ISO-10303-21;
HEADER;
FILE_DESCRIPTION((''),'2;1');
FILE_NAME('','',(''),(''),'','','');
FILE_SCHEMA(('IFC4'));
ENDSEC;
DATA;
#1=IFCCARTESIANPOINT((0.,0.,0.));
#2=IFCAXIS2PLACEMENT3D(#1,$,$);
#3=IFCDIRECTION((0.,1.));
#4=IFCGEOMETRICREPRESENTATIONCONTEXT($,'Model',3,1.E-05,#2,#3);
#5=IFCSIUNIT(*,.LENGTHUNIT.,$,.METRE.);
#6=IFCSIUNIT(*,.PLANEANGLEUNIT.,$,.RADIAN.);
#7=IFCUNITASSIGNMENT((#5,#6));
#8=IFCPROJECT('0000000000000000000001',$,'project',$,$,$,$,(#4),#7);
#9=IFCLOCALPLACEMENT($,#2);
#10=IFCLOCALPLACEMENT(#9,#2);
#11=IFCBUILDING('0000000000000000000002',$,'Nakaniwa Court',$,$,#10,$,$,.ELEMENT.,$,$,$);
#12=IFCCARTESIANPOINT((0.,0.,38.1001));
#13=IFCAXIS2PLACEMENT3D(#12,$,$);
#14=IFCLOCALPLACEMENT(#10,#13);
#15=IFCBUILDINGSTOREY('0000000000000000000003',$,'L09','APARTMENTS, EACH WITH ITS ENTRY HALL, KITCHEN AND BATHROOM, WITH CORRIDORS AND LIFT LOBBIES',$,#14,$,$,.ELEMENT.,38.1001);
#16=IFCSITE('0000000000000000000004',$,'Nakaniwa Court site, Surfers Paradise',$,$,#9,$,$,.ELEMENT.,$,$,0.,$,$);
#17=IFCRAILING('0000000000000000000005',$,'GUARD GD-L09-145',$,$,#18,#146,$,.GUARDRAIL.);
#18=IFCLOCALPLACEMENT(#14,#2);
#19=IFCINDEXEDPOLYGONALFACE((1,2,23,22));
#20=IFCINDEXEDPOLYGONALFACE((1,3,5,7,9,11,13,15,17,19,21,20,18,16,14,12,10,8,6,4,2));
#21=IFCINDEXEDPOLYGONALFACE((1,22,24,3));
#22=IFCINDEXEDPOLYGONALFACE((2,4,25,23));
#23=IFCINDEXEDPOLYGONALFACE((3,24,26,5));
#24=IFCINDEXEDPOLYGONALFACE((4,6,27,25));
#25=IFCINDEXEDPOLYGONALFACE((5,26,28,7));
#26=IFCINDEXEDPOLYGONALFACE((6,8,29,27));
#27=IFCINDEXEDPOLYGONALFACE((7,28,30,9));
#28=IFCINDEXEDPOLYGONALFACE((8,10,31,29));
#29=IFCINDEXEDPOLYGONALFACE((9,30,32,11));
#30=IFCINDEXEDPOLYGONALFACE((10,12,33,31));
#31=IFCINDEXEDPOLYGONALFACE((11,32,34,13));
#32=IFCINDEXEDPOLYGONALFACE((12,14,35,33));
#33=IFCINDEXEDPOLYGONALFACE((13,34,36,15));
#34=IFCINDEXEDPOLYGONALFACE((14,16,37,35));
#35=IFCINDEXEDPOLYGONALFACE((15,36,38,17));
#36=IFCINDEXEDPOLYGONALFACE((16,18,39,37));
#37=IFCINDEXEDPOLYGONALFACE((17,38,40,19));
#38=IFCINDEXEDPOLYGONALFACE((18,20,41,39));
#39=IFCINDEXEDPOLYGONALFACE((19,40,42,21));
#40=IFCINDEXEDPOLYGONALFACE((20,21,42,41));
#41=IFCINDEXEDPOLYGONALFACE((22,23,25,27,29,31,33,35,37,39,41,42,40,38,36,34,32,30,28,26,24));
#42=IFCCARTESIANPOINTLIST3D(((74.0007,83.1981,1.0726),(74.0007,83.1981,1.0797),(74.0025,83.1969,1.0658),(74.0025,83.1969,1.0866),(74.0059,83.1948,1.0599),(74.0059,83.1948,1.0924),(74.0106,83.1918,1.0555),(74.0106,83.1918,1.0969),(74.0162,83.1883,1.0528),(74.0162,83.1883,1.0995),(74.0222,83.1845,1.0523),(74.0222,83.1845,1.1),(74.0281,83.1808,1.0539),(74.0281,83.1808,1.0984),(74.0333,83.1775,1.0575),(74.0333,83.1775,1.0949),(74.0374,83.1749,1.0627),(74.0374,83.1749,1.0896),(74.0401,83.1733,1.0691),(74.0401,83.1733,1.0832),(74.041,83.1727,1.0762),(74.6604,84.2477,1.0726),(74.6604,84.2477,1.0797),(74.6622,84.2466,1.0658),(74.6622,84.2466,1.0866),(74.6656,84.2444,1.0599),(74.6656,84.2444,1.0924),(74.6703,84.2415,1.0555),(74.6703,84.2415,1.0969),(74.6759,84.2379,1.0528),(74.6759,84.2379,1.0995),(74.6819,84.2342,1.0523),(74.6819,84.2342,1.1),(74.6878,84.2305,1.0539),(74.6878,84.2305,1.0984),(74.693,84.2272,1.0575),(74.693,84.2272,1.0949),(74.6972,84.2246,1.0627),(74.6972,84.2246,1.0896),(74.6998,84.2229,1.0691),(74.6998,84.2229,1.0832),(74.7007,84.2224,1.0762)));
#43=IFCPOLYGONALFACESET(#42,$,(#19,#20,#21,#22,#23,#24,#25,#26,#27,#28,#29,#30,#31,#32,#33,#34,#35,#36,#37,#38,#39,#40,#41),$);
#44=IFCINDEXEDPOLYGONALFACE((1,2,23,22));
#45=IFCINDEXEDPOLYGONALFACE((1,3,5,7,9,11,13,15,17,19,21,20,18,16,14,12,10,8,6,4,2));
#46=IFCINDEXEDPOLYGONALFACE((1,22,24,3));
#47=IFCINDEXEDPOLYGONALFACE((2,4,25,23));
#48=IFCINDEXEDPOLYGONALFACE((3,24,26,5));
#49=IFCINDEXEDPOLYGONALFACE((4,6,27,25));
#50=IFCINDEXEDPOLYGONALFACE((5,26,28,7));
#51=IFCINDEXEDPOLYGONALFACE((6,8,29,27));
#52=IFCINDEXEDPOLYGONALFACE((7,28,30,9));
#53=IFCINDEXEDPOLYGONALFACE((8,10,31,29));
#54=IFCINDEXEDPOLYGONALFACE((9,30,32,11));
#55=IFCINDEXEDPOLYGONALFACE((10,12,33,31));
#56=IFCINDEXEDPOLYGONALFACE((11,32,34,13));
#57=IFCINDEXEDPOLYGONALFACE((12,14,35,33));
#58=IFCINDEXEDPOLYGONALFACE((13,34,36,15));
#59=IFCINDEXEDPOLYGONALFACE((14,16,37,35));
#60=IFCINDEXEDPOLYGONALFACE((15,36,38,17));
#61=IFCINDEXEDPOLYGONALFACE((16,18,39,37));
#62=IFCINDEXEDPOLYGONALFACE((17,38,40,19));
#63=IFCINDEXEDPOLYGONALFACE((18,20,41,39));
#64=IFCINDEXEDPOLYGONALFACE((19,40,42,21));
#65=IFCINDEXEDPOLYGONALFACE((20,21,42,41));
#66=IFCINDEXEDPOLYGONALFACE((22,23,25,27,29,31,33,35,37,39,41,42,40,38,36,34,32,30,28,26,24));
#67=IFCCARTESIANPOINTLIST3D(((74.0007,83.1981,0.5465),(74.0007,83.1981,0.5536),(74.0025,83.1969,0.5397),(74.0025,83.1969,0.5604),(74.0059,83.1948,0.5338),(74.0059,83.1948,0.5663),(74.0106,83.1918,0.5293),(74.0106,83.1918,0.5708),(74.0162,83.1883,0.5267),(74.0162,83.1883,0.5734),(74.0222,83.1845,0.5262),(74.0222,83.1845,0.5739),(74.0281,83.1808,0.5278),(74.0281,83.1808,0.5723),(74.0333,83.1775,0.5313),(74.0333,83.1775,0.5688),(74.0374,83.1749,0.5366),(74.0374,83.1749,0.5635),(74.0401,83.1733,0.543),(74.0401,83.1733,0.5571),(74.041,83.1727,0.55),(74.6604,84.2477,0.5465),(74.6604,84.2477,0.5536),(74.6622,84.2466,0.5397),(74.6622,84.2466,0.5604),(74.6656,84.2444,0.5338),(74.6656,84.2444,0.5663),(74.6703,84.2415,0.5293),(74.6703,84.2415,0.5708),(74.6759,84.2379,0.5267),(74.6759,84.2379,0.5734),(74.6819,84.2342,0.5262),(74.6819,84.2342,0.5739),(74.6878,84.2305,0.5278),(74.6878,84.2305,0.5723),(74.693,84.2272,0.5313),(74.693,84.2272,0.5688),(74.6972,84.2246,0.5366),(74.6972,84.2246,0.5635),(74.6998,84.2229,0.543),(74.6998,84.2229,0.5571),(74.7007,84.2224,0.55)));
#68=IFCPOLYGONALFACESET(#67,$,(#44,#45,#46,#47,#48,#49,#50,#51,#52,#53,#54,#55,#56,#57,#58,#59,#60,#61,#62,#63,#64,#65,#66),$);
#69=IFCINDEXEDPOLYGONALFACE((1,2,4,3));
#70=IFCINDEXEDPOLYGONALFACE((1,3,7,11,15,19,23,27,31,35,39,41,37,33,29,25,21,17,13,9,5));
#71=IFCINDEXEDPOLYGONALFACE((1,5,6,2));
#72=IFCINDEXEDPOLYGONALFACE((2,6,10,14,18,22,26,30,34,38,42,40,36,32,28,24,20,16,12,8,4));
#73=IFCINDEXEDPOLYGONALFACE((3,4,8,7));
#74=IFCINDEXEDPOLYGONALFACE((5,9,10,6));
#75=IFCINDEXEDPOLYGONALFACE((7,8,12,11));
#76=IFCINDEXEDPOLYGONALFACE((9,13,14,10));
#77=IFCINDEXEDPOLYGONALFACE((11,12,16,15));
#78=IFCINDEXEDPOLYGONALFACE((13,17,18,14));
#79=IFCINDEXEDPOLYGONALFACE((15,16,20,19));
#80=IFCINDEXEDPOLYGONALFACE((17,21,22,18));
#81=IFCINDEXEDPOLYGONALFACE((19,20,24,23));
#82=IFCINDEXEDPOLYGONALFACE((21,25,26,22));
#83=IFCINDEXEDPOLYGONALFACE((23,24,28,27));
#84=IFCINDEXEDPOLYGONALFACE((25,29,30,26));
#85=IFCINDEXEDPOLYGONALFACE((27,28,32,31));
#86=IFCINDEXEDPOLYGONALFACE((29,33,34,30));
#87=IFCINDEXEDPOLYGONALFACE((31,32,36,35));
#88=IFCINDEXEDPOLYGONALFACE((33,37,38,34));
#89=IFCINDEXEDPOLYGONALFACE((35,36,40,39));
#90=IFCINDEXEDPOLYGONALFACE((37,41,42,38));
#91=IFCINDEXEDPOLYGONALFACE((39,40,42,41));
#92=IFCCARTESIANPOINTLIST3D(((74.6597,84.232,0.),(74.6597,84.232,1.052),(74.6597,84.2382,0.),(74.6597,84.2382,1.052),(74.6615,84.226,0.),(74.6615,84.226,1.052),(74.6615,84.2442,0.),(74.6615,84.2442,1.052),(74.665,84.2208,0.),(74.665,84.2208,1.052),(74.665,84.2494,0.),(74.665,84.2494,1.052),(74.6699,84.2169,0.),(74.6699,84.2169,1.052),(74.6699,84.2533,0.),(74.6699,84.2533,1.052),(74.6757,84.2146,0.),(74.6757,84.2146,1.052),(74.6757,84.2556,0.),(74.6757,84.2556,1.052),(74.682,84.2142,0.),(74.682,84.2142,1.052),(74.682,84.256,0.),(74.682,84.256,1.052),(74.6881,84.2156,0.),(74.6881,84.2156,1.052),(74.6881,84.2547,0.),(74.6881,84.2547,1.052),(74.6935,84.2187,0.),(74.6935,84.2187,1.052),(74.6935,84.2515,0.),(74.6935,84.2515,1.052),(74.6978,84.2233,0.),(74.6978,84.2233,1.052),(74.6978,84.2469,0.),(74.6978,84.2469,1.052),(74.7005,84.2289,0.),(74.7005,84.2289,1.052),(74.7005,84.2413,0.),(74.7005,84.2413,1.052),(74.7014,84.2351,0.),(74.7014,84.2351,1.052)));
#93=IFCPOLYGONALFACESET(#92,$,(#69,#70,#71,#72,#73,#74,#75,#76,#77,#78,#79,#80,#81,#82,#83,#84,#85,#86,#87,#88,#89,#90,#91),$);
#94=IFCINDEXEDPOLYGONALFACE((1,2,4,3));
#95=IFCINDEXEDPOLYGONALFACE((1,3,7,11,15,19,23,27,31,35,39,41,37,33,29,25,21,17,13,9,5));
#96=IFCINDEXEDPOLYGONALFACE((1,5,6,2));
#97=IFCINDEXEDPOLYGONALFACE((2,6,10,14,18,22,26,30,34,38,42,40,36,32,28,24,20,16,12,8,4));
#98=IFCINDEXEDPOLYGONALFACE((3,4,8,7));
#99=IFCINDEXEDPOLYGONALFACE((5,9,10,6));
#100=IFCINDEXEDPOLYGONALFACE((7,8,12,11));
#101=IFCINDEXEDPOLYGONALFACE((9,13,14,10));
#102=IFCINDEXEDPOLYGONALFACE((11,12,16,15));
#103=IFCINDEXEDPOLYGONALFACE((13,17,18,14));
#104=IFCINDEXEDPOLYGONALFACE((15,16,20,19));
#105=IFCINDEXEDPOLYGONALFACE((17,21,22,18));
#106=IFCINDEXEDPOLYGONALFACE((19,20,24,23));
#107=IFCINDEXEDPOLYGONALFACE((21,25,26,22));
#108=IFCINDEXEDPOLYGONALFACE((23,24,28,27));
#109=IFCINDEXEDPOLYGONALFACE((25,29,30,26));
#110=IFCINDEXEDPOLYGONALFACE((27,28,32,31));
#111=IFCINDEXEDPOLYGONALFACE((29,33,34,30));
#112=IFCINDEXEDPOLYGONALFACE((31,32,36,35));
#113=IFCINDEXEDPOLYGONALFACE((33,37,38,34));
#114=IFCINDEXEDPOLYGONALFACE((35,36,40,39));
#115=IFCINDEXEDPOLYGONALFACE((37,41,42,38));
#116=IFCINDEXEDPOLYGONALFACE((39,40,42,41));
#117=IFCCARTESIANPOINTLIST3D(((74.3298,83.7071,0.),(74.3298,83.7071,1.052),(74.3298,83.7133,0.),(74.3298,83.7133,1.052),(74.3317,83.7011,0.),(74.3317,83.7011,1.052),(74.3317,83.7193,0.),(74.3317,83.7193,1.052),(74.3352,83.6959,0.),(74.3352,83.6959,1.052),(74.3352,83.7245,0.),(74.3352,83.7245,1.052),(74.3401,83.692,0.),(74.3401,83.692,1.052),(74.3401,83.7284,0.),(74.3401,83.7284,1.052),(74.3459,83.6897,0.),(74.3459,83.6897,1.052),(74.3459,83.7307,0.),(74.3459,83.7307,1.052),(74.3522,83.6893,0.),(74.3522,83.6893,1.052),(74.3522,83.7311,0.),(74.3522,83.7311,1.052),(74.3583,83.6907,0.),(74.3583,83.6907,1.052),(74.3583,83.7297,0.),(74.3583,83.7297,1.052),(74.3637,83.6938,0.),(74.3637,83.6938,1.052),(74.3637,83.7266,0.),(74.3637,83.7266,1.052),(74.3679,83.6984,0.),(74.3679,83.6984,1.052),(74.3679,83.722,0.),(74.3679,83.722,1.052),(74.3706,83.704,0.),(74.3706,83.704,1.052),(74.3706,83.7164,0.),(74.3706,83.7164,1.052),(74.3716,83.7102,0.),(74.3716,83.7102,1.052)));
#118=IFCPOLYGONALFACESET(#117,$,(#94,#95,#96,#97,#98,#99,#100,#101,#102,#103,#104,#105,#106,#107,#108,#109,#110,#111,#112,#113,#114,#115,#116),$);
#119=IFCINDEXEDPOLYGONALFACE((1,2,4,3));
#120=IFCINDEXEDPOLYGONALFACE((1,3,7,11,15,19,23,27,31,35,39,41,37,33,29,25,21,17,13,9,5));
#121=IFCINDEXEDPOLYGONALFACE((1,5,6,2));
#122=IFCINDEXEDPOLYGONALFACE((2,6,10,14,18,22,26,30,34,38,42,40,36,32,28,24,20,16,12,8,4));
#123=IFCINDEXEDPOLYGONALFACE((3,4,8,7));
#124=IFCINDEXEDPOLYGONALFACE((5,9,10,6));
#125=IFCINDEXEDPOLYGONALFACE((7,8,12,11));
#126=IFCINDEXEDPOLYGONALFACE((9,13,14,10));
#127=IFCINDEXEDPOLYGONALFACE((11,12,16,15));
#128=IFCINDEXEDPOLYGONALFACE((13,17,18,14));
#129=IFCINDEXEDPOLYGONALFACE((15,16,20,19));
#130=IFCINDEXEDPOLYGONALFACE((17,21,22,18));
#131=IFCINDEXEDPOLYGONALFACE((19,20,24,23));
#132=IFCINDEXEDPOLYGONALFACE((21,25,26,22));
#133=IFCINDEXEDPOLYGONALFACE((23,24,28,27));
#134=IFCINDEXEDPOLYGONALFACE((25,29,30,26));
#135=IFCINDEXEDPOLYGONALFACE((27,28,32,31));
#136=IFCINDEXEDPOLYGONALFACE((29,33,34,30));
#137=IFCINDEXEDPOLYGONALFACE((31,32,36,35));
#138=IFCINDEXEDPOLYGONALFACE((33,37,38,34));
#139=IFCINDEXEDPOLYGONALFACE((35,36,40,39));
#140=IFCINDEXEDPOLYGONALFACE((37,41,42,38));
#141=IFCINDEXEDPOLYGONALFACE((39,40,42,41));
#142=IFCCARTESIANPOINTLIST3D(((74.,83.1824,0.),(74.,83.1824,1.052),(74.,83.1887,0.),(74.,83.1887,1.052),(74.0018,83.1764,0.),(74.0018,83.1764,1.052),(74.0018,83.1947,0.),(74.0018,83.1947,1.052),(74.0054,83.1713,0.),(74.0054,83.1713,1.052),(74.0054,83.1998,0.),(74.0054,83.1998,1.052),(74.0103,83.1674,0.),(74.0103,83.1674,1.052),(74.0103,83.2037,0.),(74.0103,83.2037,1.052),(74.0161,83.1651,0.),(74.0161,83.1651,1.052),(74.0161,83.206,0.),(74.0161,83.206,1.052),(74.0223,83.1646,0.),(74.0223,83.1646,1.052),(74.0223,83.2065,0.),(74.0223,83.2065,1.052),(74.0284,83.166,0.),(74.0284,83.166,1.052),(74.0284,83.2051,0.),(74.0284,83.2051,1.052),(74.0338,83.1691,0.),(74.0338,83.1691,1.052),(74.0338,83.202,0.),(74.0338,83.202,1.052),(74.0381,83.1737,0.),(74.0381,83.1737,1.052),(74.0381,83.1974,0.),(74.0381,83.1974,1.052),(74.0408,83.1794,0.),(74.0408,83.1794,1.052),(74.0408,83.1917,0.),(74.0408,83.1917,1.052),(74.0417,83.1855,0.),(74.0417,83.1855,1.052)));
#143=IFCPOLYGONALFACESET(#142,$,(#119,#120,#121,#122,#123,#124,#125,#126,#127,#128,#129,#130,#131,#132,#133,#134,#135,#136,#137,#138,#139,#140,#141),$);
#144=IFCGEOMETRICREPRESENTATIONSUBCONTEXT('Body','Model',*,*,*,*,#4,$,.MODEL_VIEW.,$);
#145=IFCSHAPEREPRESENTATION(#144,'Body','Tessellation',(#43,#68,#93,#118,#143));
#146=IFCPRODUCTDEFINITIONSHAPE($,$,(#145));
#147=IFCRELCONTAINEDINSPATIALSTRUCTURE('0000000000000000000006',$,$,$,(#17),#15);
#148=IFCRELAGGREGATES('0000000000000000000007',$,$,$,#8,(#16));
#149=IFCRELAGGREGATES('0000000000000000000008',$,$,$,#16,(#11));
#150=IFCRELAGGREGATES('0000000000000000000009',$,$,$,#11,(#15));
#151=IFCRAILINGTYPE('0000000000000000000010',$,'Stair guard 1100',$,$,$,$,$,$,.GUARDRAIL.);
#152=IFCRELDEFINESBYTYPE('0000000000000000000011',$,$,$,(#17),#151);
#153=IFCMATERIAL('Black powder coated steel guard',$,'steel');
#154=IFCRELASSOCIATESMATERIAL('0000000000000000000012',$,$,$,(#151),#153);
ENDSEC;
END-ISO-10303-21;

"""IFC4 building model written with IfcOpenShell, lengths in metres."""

from ifc_helpers import new_model, si_unit, direction, frame, origin, origin_2d, place, context, subcontext, project, spatial, circle, extrude, material, type_object, element, save


model = new_model("IFC4")

# Units and contexts
model_context = context("Model", 3, precision=1e-05, world=origin(), true_north=direction((0.0, 1.0)))
body_context = subcontext(model_context, "Body", "Model", "MODEL_VIEW")
ifc_project = project(units=[si_unit("LENGTHUNIT", "METRE"), si_unit("PLANEANGLEUNIT", "RADIAN")], contexts=[model_context])

# Site, building, storey
site_placement = place(None, origin())
site = spatial("IfcSite", under=ifc_project, at=site_placement, Name="Nakaniwa Court site, Surfers Paradise", CompositionType="ELEMENT", RefElevation=0.0)
building_placement = place(site_placement, origin())
building = spatial("IfcBuilding", under=site, at=building_placement, Name="Nakaniwa Court", CompositionType="ELEMENT")
storey_placement = place(building_placement, frame((0.0, 0.0, 38.1001)))
storey = spatial("IfcBuildingStorey", under=building, at=storey_placement, Name="L09", Description="APARTMENTS, EACH WITH ITS ENTRY HALL, KITCHEN AND BATHROOM, WITH CORRIDORS AND LIFT LOBBIES", CompositionType="ELEMENT", Elevation=38.1001)

# Railing
ifc_material_1 = material(Name="Black powder coated steel guard", Category="steel")
railing_type = type_object("IfcRailingType", Name="Stair guard 1100", PredefinedType="GUARDRAIL", material=ifc_material_1)
railing_1_placement = place(storey_placement, frame((74.6804, 84.2351, 0.0)))
element("IfcRailing", 1, at=railing_1_placement, inside=storey, type_object=railing_type, Name="GUARD GD-L09-145", PredefinedType="GUARDRAIL", context=body_context, shape_type="SweptSolid", body=[
    extrude(circle(Radius=0.0239, at=origin_2d()), frame((0.0, 0.0, 1.0762), z_axis=(-0.532139, -0.846657, 0.0), x_axis=(0.846657, -0.532139, 0.0)), (0.0, 0.0, 1.0), 1.2397),
    extrude(circle(Radius=0.0239, at=origin_2d()), frame((0.0, 0.0, 0.55), z_axis=(-0.532139, -0.846657, 0.0), x_axis=(0.846657, -0.532139, 0.0)), (0.0, 0.0, 1.0), 1.2397),
    extrude(circle(Radius=0.021, at=origin_2d()), origin(), (0.0, 0.0, 1.0), 1.052),
    extrude(circle(Radius=0.021, at=origin_2d()), frame((-0.3298, -0.5249, 0.0)), (0.0, 0.0, 1.0), 1.052),
    extrude(circle(Radius=0.021, at=origin_2d()), frame((-0.6597, -1.0496, 0.0)), (0.0, 0.0, 1.0), 1.052),
])

save(model, "model.ifc")
